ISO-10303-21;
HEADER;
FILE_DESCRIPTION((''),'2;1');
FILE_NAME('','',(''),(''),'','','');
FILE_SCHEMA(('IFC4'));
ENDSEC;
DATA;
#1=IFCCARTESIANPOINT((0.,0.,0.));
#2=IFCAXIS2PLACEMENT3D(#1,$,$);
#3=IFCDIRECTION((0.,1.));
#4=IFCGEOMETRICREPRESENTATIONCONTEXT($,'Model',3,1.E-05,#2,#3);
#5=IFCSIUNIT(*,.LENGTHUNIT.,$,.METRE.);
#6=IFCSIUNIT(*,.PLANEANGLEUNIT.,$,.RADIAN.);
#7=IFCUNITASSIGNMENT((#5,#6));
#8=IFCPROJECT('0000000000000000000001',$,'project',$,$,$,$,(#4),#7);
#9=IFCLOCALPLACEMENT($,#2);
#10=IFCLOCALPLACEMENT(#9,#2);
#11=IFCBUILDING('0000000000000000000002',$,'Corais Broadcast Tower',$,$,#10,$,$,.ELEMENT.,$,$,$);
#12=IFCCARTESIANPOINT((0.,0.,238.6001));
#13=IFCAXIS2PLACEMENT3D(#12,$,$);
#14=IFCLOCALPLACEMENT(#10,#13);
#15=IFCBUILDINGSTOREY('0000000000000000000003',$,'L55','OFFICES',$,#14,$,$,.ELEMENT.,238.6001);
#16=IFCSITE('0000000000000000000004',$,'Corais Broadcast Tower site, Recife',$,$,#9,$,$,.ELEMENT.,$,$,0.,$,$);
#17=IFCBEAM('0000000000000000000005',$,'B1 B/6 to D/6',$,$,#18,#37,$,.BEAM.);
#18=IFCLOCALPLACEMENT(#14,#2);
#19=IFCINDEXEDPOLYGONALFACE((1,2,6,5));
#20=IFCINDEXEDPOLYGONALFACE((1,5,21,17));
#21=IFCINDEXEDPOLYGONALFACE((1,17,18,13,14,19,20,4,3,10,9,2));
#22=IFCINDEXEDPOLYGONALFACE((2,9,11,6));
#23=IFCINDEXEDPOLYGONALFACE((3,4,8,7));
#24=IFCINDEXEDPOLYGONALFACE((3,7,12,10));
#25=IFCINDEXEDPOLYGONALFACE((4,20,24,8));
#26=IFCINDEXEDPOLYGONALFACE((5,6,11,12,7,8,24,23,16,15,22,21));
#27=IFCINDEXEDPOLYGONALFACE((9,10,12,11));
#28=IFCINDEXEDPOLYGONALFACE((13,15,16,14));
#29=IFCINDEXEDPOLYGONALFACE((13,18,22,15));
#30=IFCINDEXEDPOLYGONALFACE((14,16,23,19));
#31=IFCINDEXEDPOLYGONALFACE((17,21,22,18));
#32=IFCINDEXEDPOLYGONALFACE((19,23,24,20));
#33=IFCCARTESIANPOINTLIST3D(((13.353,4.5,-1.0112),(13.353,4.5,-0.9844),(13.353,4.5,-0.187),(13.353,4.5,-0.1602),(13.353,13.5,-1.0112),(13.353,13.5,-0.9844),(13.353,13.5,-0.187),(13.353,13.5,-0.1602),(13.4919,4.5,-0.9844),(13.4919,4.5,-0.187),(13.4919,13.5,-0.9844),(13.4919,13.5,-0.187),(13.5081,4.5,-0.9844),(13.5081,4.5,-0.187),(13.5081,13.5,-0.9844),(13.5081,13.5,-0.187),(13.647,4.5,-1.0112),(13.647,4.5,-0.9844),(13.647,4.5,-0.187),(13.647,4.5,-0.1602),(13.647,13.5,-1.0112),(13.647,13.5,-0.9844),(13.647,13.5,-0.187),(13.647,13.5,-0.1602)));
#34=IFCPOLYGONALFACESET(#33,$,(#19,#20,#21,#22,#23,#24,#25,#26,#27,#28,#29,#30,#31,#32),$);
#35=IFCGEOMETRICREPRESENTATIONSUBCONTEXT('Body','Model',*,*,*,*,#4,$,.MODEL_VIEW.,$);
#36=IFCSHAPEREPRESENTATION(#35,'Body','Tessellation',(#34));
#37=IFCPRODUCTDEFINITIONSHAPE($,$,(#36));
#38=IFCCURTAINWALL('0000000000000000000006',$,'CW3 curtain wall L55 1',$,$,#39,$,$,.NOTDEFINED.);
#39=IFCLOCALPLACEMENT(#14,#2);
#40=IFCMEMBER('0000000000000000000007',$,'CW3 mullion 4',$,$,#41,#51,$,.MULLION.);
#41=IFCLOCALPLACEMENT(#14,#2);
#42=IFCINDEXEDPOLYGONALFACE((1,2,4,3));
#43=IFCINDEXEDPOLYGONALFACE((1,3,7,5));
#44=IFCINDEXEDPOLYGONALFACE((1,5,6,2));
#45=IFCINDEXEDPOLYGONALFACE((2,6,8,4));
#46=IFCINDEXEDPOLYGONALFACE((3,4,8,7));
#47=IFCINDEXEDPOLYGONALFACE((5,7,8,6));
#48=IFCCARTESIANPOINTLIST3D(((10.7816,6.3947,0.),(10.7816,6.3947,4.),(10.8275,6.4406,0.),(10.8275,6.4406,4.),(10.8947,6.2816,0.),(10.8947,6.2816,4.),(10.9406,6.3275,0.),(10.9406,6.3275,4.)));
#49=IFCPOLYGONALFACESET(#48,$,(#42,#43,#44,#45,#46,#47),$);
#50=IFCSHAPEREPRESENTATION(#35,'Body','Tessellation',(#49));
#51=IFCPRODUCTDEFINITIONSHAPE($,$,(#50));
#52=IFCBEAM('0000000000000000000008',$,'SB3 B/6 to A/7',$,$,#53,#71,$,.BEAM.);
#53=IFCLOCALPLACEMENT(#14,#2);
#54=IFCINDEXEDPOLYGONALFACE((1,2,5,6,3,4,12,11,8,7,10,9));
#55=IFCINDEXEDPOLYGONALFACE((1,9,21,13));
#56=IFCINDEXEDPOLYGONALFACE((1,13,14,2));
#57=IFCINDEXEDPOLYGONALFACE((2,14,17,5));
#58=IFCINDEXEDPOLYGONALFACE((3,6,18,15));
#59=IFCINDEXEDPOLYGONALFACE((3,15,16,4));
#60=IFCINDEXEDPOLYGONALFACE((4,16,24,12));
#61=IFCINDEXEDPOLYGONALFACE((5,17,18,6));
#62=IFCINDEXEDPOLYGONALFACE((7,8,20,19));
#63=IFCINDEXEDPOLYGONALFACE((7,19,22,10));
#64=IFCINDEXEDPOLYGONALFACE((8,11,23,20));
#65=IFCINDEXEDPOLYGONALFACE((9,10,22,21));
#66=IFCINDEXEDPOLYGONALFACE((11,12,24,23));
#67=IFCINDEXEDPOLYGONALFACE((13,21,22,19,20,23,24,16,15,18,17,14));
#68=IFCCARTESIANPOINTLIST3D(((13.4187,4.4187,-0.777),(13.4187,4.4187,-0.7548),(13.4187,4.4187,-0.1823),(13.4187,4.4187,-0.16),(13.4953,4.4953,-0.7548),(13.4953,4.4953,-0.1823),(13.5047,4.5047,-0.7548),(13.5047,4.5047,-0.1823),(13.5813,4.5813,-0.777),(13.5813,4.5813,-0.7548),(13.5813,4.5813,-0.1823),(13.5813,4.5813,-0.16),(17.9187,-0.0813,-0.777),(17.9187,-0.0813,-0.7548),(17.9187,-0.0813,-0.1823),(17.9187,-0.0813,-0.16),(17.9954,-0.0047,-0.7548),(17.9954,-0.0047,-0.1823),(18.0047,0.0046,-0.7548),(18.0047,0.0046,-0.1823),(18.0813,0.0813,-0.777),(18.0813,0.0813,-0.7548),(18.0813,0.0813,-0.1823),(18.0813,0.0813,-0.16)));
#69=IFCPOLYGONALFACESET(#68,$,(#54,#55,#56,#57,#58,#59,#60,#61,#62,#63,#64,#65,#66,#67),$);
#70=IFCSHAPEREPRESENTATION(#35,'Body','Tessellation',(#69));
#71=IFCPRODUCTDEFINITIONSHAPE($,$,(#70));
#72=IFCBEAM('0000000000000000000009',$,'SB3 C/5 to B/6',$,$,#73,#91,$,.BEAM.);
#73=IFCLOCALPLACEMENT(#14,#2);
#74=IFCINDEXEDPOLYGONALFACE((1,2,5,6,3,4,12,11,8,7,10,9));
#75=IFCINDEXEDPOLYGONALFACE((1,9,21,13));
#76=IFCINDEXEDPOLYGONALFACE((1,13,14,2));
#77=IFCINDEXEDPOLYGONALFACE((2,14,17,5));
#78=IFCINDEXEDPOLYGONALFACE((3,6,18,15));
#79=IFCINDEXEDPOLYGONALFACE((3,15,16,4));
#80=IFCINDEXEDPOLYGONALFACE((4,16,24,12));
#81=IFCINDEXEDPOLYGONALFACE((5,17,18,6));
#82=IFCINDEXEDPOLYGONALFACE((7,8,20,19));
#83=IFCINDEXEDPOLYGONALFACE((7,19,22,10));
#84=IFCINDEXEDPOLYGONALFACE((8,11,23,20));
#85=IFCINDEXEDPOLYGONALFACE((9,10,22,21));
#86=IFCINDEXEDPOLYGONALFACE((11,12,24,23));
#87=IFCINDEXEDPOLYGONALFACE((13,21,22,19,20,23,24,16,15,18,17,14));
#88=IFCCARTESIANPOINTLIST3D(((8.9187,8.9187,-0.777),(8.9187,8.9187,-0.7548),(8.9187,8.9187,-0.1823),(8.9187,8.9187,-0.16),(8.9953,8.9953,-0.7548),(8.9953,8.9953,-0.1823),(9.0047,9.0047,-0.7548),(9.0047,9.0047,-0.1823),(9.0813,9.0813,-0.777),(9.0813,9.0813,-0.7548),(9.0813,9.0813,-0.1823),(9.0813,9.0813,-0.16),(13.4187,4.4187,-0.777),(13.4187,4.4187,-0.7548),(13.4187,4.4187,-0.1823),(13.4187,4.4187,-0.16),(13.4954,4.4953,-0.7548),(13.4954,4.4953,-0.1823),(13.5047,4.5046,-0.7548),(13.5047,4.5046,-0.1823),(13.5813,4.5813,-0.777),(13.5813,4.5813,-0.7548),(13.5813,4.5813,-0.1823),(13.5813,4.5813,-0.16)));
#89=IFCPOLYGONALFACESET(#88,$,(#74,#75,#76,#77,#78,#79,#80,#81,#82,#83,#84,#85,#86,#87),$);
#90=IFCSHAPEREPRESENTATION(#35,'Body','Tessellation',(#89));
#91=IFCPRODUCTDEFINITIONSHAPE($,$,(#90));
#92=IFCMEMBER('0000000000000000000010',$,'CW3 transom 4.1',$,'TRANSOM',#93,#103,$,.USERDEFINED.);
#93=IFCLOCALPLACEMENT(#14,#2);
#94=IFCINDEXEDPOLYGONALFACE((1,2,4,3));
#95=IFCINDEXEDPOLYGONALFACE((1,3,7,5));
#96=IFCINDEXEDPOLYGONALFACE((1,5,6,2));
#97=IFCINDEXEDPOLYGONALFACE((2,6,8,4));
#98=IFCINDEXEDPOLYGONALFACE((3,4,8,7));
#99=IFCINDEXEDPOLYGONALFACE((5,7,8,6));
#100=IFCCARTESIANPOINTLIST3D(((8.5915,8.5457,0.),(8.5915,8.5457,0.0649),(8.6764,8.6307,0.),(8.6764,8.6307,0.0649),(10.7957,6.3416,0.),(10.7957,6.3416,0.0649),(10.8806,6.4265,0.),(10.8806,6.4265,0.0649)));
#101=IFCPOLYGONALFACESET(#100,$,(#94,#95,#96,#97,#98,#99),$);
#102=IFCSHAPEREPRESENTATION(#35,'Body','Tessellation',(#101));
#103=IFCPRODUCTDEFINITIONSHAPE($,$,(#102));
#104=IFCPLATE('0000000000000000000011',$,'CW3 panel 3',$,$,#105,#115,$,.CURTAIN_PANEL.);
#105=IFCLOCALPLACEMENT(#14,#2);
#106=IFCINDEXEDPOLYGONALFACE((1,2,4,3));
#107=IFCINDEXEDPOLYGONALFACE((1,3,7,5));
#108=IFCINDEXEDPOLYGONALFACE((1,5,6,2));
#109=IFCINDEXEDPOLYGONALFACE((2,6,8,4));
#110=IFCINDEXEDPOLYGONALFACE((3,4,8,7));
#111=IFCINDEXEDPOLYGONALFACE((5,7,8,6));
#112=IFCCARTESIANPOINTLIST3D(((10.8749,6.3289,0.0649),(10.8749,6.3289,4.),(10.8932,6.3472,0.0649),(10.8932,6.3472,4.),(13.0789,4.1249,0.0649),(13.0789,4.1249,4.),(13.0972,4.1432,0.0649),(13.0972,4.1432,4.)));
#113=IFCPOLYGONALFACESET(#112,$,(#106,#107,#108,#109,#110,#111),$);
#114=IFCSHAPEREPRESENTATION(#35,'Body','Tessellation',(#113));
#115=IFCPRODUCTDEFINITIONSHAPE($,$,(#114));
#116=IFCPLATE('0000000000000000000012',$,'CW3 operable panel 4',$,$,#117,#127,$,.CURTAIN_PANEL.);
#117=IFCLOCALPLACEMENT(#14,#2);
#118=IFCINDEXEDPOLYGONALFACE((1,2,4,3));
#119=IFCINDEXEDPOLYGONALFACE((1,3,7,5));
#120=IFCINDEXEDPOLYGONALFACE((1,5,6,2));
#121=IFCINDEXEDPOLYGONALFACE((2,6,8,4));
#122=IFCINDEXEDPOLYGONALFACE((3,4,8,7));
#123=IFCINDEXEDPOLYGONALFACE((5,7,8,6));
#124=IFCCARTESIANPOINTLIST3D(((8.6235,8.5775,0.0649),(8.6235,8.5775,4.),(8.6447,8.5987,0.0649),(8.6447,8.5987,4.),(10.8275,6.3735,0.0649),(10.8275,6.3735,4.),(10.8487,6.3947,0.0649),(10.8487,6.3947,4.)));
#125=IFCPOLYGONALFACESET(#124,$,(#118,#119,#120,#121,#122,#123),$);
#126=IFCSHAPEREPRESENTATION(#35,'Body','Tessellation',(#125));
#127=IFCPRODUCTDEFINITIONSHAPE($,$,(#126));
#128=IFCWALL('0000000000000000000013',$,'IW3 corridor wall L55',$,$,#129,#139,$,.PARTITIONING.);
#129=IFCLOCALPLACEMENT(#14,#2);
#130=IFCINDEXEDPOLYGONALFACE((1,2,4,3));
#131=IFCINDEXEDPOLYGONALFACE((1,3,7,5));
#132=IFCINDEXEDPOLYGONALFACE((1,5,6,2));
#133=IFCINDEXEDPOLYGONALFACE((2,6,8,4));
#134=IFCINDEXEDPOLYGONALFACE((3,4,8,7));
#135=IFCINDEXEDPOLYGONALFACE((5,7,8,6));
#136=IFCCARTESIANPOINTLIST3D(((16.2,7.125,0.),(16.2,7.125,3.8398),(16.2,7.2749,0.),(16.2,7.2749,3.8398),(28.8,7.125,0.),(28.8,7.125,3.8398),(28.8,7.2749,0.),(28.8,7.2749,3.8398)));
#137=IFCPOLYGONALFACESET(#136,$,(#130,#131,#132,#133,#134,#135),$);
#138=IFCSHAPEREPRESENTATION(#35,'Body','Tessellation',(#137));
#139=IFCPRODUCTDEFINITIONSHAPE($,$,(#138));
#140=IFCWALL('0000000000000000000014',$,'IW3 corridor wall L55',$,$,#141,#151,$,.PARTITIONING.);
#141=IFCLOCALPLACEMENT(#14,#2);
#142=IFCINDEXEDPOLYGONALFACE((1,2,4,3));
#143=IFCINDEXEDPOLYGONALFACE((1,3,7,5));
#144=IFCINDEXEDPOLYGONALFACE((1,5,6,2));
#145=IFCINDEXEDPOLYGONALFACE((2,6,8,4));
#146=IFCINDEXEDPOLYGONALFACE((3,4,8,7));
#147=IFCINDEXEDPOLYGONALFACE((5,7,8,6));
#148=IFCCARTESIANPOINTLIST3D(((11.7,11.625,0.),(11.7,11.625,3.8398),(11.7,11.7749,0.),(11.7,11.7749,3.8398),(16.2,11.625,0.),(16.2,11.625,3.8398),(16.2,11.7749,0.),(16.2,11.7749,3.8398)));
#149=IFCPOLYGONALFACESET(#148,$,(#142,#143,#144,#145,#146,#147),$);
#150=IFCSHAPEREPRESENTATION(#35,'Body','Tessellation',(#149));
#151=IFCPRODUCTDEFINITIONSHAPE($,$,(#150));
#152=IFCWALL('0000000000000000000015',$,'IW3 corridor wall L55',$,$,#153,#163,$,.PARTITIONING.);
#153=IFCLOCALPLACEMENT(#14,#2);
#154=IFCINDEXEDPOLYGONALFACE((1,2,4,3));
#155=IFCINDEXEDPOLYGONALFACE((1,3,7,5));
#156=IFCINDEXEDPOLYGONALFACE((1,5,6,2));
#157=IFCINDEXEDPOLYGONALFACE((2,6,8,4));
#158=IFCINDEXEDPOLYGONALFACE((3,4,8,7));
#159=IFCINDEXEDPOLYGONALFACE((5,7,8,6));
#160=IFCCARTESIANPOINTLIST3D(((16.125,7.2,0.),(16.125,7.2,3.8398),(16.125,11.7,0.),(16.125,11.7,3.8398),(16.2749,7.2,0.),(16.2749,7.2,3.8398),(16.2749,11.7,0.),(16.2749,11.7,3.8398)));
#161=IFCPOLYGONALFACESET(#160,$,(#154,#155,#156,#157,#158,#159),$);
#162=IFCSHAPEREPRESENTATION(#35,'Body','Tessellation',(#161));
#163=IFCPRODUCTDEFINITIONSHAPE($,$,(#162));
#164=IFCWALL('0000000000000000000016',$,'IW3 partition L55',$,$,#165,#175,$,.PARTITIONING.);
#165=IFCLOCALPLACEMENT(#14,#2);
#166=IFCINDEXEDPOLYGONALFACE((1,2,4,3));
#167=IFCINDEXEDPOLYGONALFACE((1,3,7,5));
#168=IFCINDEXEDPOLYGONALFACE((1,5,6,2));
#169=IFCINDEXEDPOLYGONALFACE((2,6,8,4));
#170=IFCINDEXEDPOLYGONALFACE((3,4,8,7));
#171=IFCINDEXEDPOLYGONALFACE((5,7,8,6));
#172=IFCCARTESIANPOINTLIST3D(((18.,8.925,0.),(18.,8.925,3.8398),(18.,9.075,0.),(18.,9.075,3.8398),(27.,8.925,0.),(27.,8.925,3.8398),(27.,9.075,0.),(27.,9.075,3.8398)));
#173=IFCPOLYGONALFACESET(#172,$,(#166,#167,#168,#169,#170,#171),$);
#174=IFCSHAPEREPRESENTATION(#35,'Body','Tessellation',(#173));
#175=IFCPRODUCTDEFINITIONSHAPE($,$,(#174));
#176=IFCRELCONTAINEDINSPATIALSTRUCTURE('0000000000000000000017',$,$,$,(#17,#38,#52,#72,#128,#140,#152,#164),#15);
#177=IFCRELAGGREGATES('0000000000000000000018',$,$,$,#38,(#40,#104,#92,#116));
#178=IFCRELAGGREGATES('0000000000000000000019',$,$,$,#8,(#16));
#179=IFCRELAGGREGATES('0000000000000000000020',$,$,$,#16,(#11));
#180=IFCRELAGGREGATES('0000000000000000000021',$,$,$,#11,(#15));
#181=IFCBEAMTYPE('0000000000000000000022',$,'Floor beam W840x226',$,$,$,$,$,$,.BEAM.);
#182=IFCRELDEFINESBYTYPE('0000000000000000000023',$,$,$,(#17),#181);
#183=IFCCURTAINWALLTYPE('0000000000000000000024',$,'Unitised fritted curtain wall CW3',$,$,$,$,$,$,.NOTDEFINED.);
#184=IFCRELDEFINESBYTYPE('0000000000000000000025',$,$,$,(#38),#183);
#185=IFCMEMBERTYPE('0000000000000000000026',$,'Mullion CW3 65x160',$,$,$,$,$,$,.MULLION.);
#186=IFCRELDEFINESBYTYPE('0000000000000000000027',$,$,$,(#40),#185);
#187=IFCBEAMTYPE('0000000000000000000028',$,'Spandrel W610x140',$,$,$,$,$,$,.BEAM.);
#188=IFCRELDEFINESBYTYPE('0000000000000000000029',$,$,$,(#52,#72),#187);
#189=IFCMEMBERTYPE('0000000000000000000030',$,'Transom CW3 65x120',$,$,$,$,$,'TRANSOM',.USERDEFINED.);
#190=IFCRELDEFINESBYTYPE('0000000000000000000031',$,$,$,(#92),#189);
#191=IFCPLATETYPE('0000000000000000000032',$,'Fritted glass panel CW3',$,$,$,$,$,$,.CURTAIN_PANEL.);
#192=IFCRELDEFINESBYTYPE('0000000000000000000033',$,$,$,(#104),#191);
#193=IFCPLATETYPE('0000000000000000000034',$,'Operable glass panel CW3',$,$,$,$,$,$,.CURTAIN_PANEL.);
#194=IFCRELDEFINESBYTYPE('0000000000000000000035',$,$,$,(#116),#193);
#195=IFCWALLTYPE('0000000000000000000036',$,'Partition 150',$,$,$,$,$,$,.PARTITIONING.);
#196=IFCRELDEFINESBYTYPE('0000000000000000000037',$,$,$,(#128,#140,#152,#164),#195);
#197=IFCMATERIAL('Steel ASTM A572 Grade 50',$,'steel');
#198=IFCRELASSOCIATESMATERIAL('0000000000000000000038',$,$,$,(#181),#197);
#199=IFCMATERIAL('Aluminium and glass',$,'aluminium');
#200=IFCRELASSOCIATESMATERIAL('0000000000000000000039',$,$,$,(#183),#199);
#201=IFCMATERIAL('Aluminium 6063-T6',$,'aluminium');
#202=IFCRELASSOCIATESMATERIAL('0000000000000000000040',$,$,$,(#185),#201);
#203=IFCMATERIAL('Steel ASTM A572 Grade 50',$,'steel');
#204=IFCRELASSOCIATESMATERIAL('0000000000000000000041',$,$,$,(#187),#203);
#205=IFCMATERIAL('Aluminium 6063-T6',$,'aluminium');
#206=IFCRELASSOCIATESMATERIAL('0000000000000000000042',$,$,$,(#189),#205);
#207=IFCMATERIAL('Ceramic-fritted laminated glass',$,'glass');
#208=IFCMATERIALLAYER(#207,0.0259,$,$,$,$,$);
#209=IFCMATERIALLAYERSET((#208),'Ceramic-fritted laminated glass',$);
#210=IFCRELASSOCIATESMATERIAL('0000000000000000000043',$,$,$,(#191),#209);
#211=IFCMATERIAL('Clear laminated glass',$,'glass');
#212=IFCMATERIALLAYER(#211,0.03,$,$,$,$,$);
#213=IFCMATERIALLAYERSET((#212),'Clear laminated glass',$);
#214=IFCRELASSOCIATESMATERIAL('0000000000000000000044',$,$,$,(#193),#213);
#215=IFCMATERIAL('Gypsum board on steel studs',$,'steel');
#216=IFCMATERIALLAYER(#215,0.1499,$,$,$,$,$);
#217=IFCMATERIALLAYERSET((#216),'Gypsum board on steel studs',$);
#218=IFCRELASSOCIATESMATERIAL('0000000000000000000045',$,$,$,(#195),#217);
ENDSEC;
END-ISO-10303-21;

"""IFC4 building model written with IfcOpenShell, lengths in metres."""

from ifc_helpers import new_model, si_unit, direction, frame, frame_2d, origin, origin_2d, place, context, subcontext, project, spatial, rectangle, i_section, extrude, material, layer, layer_set, material_profile, profile_set, type_object, element, aggregate, save


model = new_model("IFC4")

# Units and contexts
model_context = context("Model", 3, precision=1e-05, world=origin(), true_north=direction((0.0, 1.0)))
body_context = subcontext(model_context, "Body", "Model", "MODEL_VIEW")
ifc_project = project(units=[si_unit("LENGTHUNIT", "METRE"), si_unit("PLANEANGLEUNIT", "RADIAN")], contexts=[model_context])

# Site, building, storey
site_placement = place(None, origin())
site = spatial("IfcSite", under=ifc_project, at=site_placement, Name="Corais Broadcast Tower site, Recife", CompositionType="ELEMENT", RefElevation=0.0)
building_placement = place(site_placement, origin())
building = spatial("IfcBuilding", under=site, at=building_placement, Name="Corais Broadcast Tower", CompositionType="ELEMENT")
storey_placement = place(building_placement, frame((0.0, 0.0, 238.6001)))
storey = spatial("IfcBuildingStorey", under=building, at=storey_placement, Name="L55", Description="OFFICES", CompositionType="ELEMENT", Elevation=238.6001)

# Beam
ifc_material_1 = material(Name="Steel ASTM A572 Grade 50", Category="steel")
ifc_material_profile_1 = material_profile(ifc_material_1, i_section(OverallWidth=0.2939, OverallDepth=0.8511, WebThickness=0.0161, FlangeThickness=0.0269, at=origin_2d()), Name="W840x226")
ifc_profile_set_1 = profile_set([ifc_material_profile_1], Name="Steel ASTM A572 Grade 50")
beam_type_1 = type_object("IfcBeamType", Name="Floor beam W840x226", PredefinedType="BEAM", material=ifc_profile_set_1)
beam_placement = place(storey_placement, frame((13.5, 4.5, -0.5857), z_axis=(0.0, 1.0, 0.0), x_axis=(-1.0, 0.0, 0.0)))
element("IfcBeam", 1, at=beam_placement, inside=storey, type_object=beam_type_1, Name="B1 B/6 to D/6", PredefinedType="BEAM", context=body_context, shape_type="SweptSolid", body=[
    extrude(i_section(OverallWidth=0.2939, OverallDepth=0.8511, WebThickness=0.0161, FlangeThickness=0.0269, at=origin_2d()), origin(), (0.0, 0.0, 1.0), 9.0),
])

# Curtain wall, member
ifc_material_2 = material(Name="Aluminium and glass", Category="aluminium")
curtain_wall_type = type_object("IfcCurtainWallType", Name="Unitised fritted curtain wall CW3", PredefinedType="NOTDEFINED", material=ifc_material_2)
curtain_wall_placement = place(storey_placement, origin())
curtain_wall = element("IfcCurtainWall", 2, at=curtain_wall_placement, inside=storey, type_object=curtain_wall_type, Name="CW3 curtain wall L55 1", PredefinedType="NOTDEFINED")
ifc_material_3 = material(Name="Aluminium 6063-T6", Category="aluminium")
ifc_material_profile_2 = material_profile(ifc_material_3, rectangle(XDim=0.0649, YDim=0.1599, at=origin_2d()), Name="Mullion CW3 65x160")
ifc_profile_set_2 = profile_set([ifc_material_profile_2], Name="Aluminium 6063-T6")
member_type_1 = type_object("IfcMemberType", Name="Mullion CW3 65x160", PredefinedType="MULLION", material=ifc_profile_set_2)
member_1_placement = place(storey_placement, frame((10.8611, 6.3611, 0.0), z_axis=(0.0, 0.0, 1.0), x_axis=(-0.707107, -0.707107, 0.0)))
member_1 = element("IfcMember", 3, at=member_1_placement, type_object=member_type_1, Name="CW3 mullion 4", PredefinedType="MULLION", context=body_context, shape_type="SweptSolid", body=[
    extrude(rectangle(XDim=0.0649, YDim=0.1599, at=origin_2d()), origin(), (0.0, 0.0, 1.0), 4.0),
])

# Beams
ifc_material_4 = material(Name="Steel ASTM A572 Grade 50", Category="steel")
ifc_material_profile_3 = material_profile(ifc_material_4, i_section(OverallWidth=0.23, OverallDepth=0.6169, WebThickness=0.0132, FlangeThickness=0.0222, at=origin_2d()), Name="W610x140")
ifc_profile_set_3 = profile_set([ifc_material_profile_3], Name="Steel ASTM A572 Grade 50")
beam_type_2 = type_object("IfcBeamType", Name="Spandrel W610x140", PredefinedType="BEAM", material=ifc_profile_set_3)
for number, where, z_axis, x_axis, name in (
    (4, (13.5, 4.5, -0.4685), (0.707107, -0.707107, 0.0), (0.707107, 0.707107, 0.0), "SB3 B/6 to A/7"),
    (5, (9.0, 9.0, -0.4685), (0.707107, -0.707107, 0.0), (0.707107, 0.707107, 0.0), "SB3 C/5 to B/6"),
):
    element("IfcBeam", number, at=place(storey_placement, frame(where, z_axis=z_axis, x_axis=x_axis)), inside=storey, type_object=beam_type_2, Name=name, PredefinedType="BEAM", context=body_context, shape_type="SweptSolid", body=[
        extrude(i_section(OverallWidth=0.23, OverallDepth=0.6169, WebThickness=0.0132, FlangeThickness=0.0222, at=origin_2d()), origin(), (0.0, 0.0, 1.0), 6.364),
    ])

# Member
ifc_material_5 = material(Name="Aluminium 6063-T6", Category="aluminium")
ifc_material_profile_4 = material_profile(ifc_material_5, rectangle(XDim=0.1201, YDim=0.0649, at=origin_2d()), Name="Transom CW3 65x120")
ifc_profile_set_4 = profile_set([ifc_material_profile_4], Name="Aluminium 6063-T6")
member_type_2 = type_object("IfcMemberType", Name="Transom CW3 65x120", ElementType="TRANSOM", PredefinedType="USERDEFINED", material=ifc_profile_set_4)
member_2_placement = place(storey_placement, frame((10.8381, 6.384, 0.0325), z_axis=(-0.707107, 0.707107, 0.0), x_axis=(-0.707107, -0.707107, 0.0)))
member_2 = element("IfcMember", 6, at=member_2_placement, type_object=member_type_2, Name="CW3 transom 4.1", ObjectType="TRANSOM", PredefinedType="USERDEFINED", context=body_context, shape_type="SweptSolid", body=[
    extrude(rectangle(XDim=0.1201, YDim=0.0649, at=origin_2d()), origin(), (0.0, 0.0, 1.0), 3.1172),
])

# Plates
ifc_material_6 = material(Name="Ceramic-fritted laminated glass", Category="glass")
ifc_layer_1 = layer(ifc_material_6, 0.0259)
ifc_layer_set_1 = layer_set([ifc_layer_1], Name="Ceramic-fritted laminated glass")
plate_type_1 = type_object("IfcPlateType", Name="Fritted glass panel CW3", PredefinedType="CURTAIN_PANEL", material=ifc_layer_set_1)
plate_1_placement = place(storey_placement, frame((11.9861, 5.2361, 0.0649), z_axis=(0.0, 0.0, 1.0), x_axis=(-0.707107, 0.707107, 0.0)))
plate_1 = element("IfcPlate", 7, at=plate_1_placement, type_object=plate_type_1, Name="CW3 panel 3", PredefinedType="CURTAIN_PANEL", context=body_context, shape_type="SweptSolid", body=[
    extrude(rectangle(XDim=3.1169, YDim=0.0259, at=origin_2d()), origin(), (0.0, 0.0, 1.0), 3.9351),
])
ifc_material_7 = material(Name="Clear laminated glass", Category="glass")
ifc_layer_2 = layer(ifc_material_7, 0.03)
ifc_layer_set_2 = layer_set([ifc_layer_2], Name="Clear laminated glass")
plate_type_2 = type_object("IfcPlateType", Name="Operable glass panel CW3", PredefinedType="CURTAIN_PANEL", material=ifc_layer_set_2)
plate_2_placement = place(storey_placement, frame((9.7361, 7.4861, 0.0649), z_axis=(0.0, 0.0, 1.0), x_axis=(-0.707107, 0.707107, 0.0)))
plate_2 = element("IfcPlate", 8, at=plate_2_placement, type_object=plate_type_2, Name="CW3 operable panel 4", PredefinedType="CURTAIN_PANEL", context=body_context, shape_type="SweptSolid", body=[
    extrude(rectangle(XDim=3.1169, YDim=0.03, at=origin_2d()), origin(), (0.0, 0.0, 1.0), 3.9351),
])
aggregate(curtain_wall, [member_1, plate_1, member_2, plate_2])

# Walls
ifc_material_8 = material(Name="Gypsum board on steel studs", Category="steel")
ifc_layer_3 = layer(ifc_material_8, 0.1499)
ifc_layer_set_3 = layer_set([ifc_layer_3], Name="Gypsum board on steel studs")
wall_type = type_object("IfcWallType", Name="Partition 150", PredefinedType="PARTITIONING", material=ifc_layer_set_3)
wall_1_placement = place(storey_placement, frame((16.2, 7.2, 0.0), z_axis=(0.0, 0.0, 1.0), x_axis=(1.0, 0.0, 0.0)))
element("IfcWall", 9, at=wall_1_placement, inside=storey, type_object=wall_type, Name="IW3 corridor wall L55", PredefinedType="PARTITIONING", context=body_context, shape_type="SweptSolid", body=[
    extrude(rectangle(XDim=12.6001, YDim=0.1499, at=frame_2d((6.3, 0.0))), origin(), (0.0, 0.0, 1.0), 3.8398),
])
for number, where, z_axis, x_axis, name in (
    (10, (11.7, 11.7, 0.0), (0.0, 0.0, 1.0), (1.0, 0.0, 0.0), "IW3 corridor wall L55"),
    (11, (16.2, 11.7, 0.0), (0.0, 0.0, 1.0), (0.0, -1.0, 0.0), "IW3 corridor wall L55"),
):
    element("IfcWall", number, at=place(storey_placement, frame(where, z_axis=z_axis, x_axis=x_axis)), inside=storey, type_object=wall_type, Name=name, PredefinedType="PARTITIONING", context=body_context, shape_type="SweptSolid", body=[
        extrude(rectangle(XDim=4.5, YDim=0.1499, at=frame_2d((2.25, 0.0))), origin(), (0.0, 0.0, 1.0), 3.8398),
    ])
wall_2_placement = place(storey_placement, frame((18.0, 9.0, 0.0), z_axis=(0.0, 0.0, 1.0), x_axis=(1.0, 0.0, 0.0)))
element("IfcWall", 12, at=wall_2_placement, inside=storey, type_object=wall_type, Name="IW3 partition L55", PredefinedType="PARTITIONING", context=body_context, shape_type="SweptSolid", body=[
    extrude(rectangle(XDim=9.0, YDim=0.1499, at=frame_2d((4.5, 0.0))), origin(), (0.0, 0.0, 1.0), 3.8398),
])

save(model, "model.ifc")
